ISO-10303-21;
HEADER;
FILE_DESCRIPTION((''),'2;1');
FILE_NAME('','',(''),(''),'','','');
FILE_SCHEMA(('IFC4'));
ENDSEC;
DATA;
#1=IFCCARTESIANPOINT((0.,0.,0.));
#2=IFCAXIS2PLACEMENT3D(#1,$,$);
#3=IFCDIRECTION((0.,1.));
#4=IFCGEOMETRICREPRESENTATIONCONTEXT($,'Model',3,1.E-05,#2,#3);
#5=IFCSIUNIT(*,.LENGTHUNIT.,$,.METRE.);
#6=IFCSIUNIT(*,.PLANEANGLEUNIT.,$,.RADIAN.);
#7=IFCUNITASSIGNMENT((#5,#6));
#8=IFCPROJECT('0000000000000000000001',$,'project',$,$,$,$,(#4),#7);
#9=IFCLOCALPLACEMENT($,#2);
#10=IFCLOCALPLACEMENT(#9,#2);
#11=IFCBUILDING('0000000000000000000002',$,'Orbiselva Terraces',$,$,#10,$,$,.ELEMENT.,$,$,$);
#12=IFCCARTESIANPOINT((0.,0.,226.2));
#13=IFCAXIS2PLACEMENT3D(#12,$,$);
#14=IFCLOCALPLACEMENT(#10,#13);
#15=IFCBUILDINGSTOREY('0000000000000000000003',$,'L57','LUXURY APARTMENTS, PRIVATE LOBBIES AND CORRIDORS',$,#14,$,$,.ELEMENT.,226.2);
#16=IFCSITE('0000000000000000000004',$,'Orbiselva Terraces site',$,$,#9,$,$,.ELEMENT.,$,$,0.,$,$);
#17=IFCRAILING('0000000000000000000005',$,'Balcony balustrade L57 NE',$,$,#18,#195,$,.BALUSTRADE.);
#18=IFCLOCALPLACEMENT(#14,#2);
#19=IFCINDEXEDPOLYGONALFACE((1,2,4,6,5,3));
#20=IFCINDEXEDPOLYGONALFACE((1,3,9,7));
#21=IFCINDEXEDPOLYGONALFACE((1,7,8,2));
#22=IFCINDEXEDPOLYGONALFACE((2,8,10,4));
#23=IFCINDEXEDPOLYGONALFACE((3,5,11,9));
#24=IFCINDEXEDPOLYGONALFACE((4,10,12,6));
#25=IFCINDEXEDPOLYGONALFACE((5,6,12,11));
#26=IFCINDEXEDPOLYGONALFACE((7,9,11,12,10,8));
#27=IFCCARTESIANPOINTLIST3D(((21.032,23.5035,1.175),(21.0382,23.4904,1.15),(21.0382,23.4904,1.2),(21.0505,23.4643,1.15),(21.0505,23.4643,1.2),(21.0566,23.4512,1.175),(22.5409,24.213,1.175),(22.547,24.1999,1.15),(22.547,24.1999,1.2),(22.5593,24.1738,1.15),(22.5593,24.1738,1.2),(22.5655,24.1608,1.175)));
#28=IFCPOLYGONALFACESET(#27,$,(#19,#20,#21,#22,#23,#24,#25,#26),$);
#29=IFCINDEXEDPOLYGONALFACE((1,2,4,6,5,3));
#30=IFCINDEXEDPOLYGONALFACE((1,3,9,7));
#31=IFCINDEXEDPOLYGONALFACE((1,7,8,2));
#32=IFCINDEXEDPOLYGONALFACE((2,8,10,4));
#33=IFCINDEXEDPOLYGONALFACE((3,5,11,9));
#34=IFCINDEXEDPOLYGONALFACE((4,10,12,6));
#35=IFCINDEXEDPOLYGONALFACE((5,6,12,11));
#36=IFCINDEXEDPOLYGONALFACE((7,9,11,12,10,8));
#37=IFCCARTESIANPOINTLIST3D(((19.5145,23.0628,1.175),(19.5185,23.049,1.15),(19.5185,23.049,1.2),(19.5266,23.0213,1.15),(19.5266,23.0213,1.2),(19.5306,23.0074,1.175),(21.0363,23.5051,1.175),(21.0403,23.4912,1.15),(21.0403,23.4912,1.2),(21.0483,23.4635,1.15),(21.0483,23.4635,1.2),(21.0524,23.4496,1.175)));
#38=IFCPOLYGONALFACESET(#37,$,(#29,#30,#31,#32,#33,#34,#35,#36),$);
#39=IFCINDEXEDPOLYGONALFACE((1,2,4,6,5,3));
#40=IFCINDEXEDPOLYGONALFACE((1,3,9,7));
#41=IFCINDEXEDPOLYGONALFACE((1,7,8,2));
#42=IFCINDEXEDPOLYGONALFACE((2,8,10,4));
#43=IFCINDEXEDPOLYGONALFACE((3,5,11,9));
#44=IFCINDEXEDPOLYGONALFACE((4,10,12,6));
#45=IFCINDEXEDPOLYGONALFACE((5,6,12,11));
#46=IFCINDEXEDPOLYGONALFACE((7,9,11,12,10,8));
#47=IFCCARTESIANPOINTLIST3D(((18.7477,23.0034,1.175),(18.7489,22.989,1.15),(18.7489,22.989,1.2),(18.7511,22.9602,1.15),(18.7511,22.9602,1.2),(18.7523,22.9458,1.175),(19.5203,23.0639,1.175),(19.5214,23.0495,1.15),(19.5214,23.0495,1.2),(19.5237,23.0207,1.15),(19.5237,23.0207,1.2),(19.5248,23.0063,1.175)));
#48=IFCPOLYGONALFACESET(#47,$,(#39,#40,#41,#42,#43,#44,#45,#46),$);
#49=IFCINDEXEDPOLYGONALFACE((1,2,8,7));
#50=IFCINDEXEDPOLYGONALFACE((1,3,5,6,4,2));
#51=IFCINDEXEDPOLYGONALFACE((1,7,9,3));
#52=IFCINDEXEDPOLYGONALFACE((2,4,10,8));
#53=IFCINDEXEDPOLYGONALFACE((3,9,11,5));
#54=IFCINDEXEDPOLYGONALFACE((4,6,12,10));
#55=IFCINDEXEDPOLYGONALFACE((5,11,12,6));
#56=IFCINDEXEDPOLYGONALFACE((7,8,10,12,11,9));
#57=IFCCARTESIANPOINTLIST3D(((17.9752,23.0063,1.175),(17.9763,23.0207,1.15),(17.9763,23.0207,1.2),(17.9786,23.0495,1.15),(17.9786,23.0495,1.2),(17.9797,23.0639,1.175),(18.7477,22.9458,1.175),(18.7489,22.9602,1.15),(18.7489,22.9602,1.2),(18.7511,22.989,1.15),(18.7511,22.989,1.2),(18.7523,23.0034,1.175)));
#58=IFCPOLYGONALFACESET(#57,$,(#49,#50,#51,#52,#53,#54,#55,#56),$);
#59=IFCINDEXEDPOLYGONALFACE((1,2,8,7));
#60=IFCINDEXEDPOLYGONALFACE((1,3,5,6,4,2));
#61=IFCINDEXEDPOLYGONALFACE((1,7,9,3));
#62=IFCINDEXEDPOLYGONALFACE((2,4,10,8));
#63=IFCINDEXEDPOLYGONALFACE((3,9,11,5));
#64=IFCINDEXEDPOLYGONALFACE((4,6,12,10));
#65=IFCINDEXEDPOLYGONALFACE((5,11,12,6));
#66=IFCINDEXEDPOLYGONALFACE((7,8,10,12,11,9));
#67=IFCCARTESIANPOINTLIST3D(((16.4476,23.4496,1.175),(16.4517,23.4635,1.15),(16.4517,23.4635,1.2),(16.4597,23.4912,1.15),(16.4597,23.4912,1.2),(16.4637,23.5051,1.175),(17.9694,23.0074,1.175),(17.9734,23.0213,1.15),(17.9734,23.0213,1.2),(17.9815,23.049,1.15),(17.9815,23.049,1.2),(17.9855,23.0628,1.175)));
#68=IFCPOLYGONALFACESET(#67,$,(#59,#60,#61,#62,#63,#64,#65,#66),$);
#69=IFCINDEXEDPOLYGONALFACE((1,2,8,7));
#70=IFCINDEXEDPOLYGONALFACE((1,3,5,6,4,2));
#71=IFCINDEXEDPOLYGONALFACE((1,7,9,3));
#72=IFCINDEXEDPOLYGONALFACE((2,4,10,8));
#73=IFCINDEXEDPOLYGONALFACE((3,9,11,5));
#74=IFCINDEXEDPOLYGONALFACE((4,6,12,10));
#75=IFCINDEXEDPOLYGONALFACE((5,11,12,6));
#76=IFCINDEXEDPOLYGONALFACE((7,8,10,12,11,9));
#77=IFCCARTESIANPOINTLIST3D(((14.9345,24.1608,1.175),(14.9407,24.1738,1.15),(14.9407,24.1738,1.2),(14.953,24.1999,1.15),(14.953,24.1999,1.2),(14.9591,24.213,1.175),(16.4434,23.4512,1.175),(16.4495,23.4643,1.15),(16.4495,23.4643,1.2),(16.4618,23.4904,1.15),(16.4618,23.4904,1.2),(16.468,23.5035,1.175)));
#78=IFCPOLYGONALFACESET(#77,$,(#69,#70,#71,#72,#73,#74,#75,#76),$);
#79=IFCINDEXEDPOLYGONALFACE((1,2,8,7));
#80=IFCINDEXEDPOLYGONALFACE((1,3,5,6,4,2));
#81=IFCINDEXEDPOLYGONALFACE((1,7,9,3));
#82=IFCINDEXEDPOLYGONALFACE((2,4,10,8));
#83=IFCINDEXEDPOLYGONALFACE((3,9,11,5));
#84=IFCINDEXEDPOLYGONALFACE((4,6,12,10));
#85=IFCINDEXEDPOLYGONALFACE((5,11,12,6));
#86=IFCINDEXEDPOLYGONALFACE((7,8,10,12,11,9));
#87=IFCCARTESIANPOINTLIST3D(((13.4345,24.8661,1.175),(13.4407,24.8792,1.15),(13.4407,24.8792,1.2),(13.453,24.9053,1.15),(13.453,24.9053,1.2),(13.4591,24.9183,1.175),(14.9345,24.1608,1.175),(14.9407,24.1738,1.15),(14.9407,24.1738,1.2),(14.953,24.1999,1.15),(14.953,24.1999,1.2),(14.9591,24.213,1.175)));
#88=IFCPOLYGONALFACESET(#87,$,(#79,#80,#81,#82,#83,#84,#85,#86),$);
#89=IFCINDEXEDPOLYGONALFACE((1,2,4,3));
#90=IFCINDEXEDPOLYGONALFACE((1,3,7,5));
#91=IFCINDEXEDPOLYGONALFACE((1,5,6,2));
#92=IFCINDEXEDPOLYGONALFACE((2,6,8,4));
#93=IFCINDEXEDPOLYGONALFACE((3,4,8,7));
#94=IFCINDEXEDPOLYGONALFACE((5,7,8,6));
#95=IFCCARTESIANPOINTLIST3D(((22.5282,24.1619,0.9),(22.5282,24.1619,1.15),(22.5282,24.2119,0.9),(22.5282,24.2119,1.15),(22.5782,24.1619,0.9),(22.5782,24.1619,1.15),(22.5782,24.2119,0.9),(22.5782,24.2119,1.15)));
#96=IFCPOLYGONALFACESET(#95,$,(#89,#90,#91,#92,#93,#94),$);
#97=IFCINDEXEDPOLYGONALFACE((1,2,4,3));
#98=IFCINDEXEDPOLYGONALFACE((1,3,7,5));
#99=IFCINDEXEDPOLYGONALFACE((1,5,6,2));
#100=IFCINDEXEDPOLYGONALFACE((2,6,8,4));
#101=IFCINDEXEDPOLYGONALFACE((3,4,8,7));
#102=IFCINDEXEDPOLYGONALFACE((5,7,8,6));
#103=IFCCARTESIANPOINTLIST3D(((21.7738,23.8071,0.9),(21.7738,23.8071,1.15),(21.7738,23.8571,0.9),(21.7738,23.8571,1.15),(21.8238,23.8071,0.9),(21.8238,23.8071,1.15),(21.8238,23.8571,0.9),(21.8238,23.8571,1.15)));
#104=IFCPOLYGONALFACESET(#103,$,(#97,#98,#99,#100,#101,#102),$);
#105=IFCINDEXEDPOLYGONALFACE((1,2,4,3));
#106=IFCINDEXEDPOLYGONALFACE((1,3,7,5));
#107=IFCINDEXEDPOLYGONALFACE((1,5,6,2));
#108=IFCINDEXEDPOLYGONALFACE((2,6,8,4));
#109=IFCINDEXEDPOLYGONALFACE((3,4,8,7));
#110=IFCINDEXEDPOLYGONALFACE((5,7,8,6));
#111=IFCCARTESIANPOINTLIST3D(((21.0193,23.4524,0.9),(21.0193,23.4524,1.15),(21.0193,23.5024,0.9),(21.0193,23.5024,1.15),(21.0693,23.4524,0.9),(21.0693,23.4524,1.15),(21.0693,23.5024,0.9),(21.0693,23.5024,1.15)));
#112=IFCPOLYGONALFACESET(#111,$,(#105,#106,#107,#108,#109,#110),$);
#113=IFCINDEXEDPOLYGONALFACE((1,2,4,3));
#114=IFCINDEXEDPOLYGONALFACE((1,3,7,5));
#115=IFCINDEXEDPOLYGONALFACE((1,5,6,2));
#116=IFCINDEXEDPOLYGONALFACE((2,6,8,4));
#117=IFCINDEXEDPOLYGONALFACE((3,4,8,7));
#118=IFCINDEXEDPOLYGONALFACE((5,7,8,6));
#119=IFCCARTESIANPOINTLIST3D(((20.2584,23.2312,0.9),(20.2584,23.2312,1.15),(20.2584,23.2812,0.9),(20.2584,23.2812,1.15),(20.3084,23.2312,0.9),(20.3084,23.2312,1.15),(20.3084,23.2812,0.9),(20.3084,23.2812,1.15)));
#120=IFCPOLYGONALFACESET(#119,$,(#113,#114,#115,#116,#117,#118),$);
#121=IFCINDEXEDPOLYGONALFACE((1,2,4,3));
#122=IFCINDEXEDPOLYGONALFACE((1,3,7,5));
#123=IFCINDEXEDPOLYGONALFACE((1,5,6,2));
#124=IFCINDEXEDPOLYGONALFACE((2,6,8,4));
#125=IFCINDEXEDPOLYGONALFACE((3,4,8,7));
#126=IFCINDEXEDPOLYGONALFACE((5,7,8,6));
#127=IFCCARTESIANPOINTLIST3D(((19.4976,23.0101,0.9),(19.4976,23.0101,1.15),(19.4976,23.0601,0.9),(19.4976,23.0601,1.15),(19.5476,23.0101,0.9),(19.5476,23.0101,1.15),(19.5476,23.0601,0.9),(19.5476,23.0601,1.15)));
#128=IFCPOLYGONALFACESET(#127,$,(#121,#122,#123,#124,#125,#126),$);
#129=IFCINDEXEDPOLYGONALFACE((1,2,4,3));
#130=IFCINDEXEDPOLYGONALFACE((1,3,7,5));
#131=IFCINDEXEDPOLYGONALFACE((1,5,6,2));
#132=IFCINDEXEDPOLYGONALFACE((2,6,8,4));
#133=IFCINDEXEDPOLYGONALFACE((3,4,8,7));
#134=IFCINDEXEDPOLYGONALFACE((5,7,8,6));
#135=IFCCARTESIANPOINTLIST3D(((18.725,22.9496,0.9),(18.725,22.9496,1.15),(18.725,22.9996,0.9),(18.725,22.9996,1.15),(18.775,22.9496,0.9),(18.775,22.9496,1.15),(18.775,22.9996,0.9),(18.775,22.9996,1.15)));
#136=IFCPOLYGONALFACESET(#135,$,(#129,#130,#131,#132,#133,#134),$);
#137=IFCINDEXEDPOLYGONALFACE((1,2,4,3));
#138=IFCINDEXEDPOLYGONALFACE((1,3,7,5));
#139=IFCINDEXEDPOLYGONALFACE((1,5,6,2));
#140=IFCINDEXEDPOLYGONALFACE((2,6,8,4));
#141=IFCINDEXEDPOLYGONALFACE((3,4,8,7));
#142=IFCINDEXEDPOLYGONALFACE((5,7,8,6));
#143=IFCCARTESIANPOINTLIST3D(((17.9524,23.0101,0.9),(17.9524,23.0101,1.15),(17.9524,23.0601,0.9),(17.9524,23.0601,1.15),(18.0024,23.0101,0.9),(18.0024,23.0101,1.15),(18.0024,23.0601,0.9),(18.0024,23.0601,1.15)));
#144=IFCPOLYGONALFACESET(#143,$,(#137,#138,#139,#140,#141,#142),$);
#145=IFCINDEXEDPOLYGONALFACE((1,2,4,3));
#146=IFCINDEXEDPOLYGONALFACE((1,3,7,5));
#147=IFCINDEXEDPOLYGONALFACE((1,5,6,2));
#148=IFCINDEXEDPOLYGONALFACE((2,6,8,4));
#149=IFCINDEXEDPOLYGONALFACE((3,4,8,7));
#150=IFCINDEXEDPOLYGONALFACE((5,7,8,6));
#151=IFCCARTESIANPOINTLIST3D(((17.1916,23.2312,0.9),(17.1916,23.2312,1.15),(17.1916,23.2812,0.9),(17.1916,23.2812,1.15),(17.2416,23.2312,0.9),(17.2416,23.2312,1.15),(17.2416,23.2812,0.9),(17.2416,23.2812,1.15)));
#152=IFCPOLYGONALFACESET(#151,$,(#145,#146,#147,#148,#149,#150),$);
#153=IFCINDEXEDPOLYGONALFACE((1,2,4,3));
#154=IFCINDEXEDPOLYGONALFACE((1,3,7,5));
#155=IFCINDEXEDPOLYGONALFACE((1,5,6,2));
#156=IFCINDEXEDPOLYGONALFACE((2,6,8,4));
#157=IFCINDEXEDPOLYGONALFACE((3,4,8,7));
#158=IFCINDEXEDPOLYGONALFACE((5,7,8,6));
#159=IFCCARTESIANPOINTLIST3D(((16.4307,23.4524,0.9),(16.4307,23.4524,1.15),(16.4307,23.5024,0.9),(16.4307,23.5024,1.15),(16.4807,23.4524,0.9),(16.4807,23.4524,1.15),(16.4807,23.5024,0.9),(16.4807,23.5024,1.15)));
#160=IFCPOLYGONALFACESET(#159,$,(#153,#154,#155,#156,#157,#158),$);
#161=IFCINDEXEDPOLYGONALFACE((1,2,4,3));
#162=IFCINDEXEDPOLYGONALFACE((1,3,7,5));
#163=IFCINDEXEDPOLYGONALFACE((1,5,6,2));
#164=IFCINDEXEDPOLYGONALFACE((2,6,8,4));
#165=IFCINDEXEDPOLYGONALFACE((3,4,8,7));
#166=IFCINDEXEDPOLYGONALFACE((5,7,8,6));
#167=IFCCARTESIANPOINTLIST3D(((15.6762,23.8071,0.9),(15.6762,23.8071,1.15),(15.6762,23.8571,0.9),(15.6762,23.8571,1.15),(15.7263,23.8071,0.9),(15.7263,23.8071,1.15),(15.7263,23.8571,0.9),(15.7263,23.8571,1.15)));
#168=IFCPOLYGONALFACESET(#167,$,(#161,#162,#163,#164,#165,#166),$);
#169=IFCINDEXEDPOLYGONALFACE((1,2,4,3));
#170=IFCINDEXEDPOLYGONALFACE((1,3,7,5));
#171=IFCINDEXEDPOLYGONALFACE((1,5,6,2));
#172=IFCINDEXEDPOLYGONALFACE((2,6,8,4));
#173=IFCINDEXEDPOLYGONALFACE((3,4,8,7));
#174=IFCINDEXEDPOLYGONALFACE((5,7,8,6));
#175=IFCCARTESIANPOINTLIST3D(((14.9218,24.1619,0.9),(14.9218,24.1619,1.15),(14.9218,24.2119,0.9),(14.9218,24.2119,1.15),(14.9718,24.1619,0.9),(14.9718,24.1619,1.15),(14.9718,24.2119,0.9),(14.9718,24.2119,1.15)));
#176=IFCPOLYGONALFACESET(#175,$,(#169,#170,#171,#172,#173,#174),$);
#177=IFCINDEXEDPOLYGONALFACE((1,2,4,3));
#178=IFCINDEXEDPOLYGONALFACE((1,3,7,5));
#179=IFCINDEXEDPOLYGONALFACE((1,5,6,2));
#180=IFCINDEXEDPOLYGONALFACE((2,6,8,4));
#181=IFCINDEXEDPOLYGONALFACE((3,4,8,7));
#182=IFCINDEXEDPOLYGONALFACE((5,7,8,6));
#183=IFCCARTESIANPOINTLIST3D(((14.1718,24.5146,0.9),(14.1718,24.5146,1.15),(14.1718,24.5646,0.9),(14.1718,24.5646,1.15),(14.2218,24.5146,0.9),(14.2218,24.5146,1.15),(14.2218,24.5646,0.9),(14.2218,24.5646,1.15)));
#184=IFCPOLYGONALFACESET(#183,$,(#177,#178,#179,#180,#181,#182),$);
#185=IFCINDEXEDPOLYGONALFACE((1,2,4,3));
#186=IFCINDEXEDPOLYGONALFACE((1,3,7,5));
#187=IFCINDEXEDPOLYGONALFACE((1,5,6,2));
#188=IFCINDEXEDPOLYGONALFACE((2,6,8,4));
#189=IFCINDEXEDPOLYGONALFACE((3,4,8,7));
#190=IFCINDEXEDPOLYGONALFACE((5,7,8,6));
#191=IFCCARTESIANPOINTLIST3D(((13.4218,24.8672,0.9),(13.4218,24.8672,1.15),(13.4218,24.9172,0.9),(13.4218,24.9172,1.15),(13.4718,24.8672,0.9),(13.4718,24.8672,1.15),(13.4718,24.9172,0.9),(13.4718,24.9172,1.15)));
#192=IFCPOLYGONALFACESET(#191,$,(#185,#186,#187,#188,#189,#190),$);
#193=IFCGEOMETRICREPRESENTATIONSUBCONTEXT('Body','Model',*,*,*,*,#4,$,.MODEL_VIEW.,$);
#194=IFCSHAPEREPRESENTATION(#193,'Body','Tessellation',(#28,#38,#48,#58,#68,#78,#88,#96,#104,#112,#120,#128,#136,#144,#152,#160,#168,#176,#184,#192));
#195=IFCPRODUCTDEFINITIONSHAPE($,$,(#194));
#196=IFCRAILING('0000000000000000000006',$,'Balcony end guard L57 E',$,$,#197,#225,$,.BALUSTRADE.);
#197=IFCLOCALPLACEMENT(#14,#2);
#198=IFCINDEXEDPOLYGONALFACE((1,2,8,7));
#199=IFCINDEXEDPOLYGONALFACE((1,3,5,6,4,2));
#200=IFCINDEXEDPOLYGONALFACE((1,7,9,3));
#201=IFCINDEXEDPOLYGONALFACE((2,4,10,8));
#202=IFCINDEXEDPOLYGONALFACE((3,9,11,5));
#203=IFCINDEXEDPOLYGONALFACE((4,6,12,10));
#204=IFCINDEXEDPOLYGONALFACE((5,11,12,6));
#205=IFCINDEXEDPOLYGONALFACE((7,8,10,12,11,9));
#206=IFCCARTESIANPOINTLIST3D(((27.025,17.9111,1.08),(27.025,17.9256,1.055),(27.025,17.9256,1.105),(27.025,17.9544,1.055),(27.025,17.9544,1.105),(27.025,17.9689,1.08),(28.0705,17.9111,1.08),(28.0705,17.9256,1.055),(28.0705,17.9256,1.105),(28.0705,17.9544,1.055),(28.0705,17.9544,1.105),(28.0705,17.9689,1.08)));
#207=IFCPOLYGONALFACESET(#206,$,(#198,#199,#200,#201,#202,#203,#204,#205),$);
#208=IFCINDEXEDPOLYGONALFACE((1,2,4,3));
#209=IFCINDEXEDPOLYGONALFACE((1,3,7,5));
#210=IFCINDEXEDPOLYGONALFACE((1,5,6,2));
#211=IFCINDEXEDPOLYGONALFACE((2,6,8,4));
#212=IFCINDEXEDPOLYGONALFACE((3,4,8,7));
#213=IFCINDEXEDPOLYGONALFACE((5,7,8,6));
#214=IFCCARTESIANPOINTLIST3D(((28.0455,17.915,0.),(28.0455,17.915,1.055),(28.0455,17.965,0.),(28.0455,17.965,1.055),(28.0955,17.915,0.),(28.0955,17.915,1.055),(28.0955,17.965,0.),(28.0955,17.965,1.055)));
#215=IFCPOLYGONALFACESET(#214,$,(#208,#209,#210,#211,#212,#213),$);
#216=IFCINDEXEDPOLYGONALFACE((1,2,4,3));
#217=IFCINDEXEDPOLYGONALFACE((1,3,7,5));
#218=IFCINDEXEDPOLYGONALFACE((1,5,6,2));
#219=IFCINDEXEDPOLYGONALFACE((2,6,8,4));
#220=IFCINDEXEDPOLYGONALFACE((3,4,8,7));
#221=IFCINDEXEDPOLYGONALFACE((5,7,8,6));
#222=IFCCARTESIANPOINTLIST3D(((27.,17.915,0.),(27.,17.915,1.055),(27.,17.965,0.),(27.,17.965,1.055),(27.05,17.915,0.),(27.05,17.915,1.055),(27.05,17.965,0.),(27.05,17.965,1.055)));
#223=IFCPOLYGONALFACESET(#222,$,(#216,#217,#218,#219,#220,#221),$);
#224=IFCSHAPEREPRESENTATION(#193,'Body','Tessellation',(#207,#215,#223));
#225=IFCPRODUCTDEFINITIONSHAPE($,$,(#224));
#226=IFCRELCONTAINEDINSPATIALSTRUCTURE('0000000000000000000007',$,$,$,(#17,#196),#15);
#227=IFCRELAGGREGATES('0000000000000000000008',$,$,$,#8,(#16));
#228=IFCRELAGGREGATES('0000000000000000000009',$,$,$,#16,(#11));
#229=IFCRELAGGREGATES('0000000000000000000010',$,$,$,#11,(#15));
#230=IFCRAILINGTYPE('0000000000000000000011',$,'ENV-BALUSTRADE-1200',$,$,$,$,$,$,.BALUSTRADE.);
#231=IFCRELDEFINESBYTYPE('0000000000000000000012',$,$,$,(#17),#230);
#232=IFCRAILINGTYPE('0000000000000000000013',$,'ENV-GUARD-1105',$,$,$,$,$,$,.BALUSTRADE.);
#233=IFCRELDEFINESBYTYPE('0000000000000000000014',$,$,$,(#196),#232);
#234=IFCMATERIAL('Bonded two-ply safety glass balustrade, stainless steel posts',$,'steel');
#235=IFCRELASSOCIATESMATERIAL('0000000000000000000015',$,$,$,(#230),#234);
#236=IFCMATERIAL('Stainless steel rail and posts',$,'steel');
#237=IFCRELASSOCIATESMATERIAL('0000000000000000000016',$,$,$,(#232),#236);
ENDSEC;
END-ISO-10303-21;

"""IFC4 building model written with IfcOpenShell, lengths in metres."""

from ifc_helpers import new_model, si_unit, direction, frame, origin, origin_2d, place, context, subcontext, project, spatial, polyline, rectangle, outline, extrude, material, type_object, element, save


model = new_model("IFC4")

# Units and contexts
model_context = context("Model", 3, precision=1e-05, world=origin(), true_north=direction((0.0, 1.0)))
body_context = subcontext(model_context, "Body", "Model", "MODEL_VIEW")
ifc_project = project(units=[si_unit("LENGTHUNIT", "METRE"), si_unit("PLANEANGLEUNIT", "RADIAN")], contexts=[model_context])

# Site, building, storey
site_placement = place(None, origin())
site = spatial("IfcSite", under=ifc_project, at=site_placement, Name="Orbiselva Terraces site", CompositionType="ELEMENT", RefElevation=0.0)
building_placement = place(site_placement, origin())
building = spatial("IfcBuilding", under=site, at=building_placement, Name="Orbiselva Terraces", CompositionType="ELEMENT")
storey_placement = place(building_placement, frame((0.0, 0.0, 226.2)))
storey = spatial("IfcBuildingStorey", under=building, at=storey_placement, Name="L57", Description="LUXURY APARTMENTS, PRIVATE LOBBIES AND CORRIDORS", CompositionType="ELEMENT", Elevation=226.2)

# Railings
ifc_material_1 = material(Name="Bonded two-ply safety glass balustrade, stainless steel posts", Category="steel")
railing_type_1 = type_object("IfcRailingType", Name="ENV-BALUSTRADE-1200", PredefinedType="BALUSTRADE", material=ifc_material_1)
railing_1_placement = place(storey_placement, frame((22.5532, 24.1869, 0.9)))
element("IfcRailing", 1, at=railing_1_placement, inside=storey, type_object=railing_type_1, Name="Balcony balustrade L57 NE", PredefinedType="BALUSTRADE", context=body_context, shape_type="SweptSolid", body=[
    extrude(outline(polyline([(0.0289, 0.0), (0.0144, 0.025), (-0.0144, 0.025), (-0.0289, 0.0), (-0.0144, -0.025), (0.0144, -0.025), (0.0289, 0.0)])), frame((0.0, 0.0, 0.275), z_axis=(-0.904944, -0.42553, 0.0), x_axis=(0.42553, -0.904944, 0.0)), (0.0, 0.0, 1.0), 1.6674),
    extrude(outline(polyline([(0.0289, 0.0), (0.0144, 0.025), (-0.0144, 0.025), (-0.0289, 0.0), (-0.0144, -0.025), (0.0144, -0.025), (0.0289, 0.0)])), frame((-1.5089, -0.7095, 0.275), z_axis=(-0.96027, -0.279071, 0.0), x_axis=(0.279071, -0.96027, 0.0)), (0.0, 0.0, 1.0), 1.5847),
    extrude(outline(polyline([(0.0289, 0.0), (0.0144, 0.025), (-0.0144, 0.025), (-0.0289, 0.0), (-0.0144, -0.025), (0.0144, -0.025), (0.0289, 0.0)])), frame((-3.0306, -1.1518, 0.275), z_axis=(-0.996948, -0.078071, 0.0), x_axis=(0.078071, -0.996948, 0.0)), (0.0, 0.0, 1.0), 0.7749),
    extrude(outline(polyline([(0.0289, 0.0), (0.0144, 0.025), (-0.0144, 0.025), (-0.0289, 0.0), (-0.0144, -0.025), (0.0144, -0.025), (0.0289, 0.0)])), frame((-3.8032, -1.2123, 0.275), z_axis=(-0.996948, 0.078071, 0.0), x_axis=(-0.078071, -0.996948, 0.0)), (0.0, 0.0, 1.0), 0.7749),
    extrude(outline(polyline([(0.0289, 0.0), (0.0144, 0.025), (-0.0144, 0.025), (-0.0289, 0.0), (-0.0144, -0.025), (0.0144, -0.025), (0.0289, 0.0)])), frame((-4.5757, -1.1518, 0.275), z_axis=(-0.96027, 0.279071, 0.0), x_axis=(-0.279071, -0.96027, 0.0)), (0.0, 0.0, 1.0), 1.5847),
    extrude(outline(polyline([(0.0289, 0.0), (0.0144, 0.025), (-0.0144, 0.025), (-0.0289, 0.0), (-0.0144, -0.025), (0.0144, -0.025), (0.0289, 0.0)])), frame((-6.0975, -0.7095, 0.275), z_axis=(-0.904944, 0.42553, 0.0), x_axis=(-0.42553, -0.904944, 0.0)), (0.0, 0.0, 1.0), 1.6674),
    extrude(outline(polyline([(0.0289, 0.0), (0.0144, 0.025), (-0.0144, 0.025), (-0.0289, 0.0), (-0.0144, -0.025), (0.0144, -0.025), (0.0289, 0.0)])), frame((-7.6064, 0.0, 0.275), z_axis=(-0.904944, 0.42553, 0.0), x_axis=(-0.42553, -0.904944, 0.0)), (0.0, 0.0, 1.0), 1.6576),
    extrude(rectangle(XDim=0.05, YDim=0.05, at=origin_2d()), origin(), (0.0, 0.0, 1.0), 0.25),
    extrude(rectangle(XDim=0.05, YDim=0.05, at=origin_2d()), frame((-0.7544, -0.3548, 0.0)), (0.0, 0.0, 1.0), 0.25),
    extrude(rectangle(XDim=0.05, YDim=0.05, at=origin_2d()), frame((-1.5089, -0.7095, 0.0)), (0.0, 0.0, 1.0), 0.25),
    extrude(rectangle(XDim=0.05, YDim=0.05, at=origin_2d()), frame((-2.2698, -0.9306, 0.0)), (0.0, 0.0, 1.0), 0.25),
    extrude(rectangle(XDim=0.05, YDim=0.05, at=origin_2d()), frame((-3.0306, -1.1518, 0.0)), (0.0, 0.0, 1.0), 0.25),
    extrude(rectangle(XDim=0.05, YDim=0.05, at=origin_2d()), frame((-3.8032, -1.2123, 0.0)), (0.0, 0.0, 1.0), 0.25),
    extrude(rectangle(XDim=0.05, YDim=0.05, at=origin_2d()), frame((-4.5757, -1.1518, 0.0)), (0.0, 0.0, 1.0), 0.25),
    extrude(rectangle(XDim=0.05, YDim=0.05, at=origin_2d()), frame((-5.3366, -0.9306, 0.0)), (0.0, 0.0, 1.0), 0.25),
    extrude(rectangle(XDim=0.05, YDim=0.05, at=origin_2d()), frame((-6.0975, -0.7095, 0.0)), (0.0, 0.0, 1.0), 0.25),
    extrude(rectangle(XDim=0.05, YDim=0.05, at=origin_2d()), frame((-6.8519, -0.3548, 0.0)), (0.0, 0.0, 1.0), 0.25),
    extrude(rectangle(XDim=0.05, YDim=0.05, at=origin_2d()), frame((-7.6064, 0.0, 0.0)), (0.0, 0.0, 1.0), 0.25),
    extrude(rectangle(XDim=0.05, YDim=0.05, at=origin_2d()), frame((-8.3564, 0.3527, 0.0)), (0.0, 0.0, 1.0), 0.25),
    extrude(rectangle(XDim=0.05, YDim=0.05, at=origin_2d()), frame((-9.1064, 0.7053, 0.0)), (0.0, 0.0, 1.0), 0.25),
])
ifc_material_2 = material(Name="Stainless steel rail and posts", Category="steel")
railing_type_2 = type_object("IfcRailingType", Name="ENV-GUARD-1105", PredefinedType="BALUSTRADE", material=ifc_material_2)
railing_2_placement = place(storey_placement, frame((28.0705, 17.94, 0.0)))
element("IfcRailing", 2, at=railing_2_placement, inside=storey, type_object=railing_type_2, Name="Balcony end guard L57 E", PredefinedType="BALUSTRADE", context=body_context, shape_type="SweptSolid", body=[
    extrude(outline(polyline([(0.0289, 0.0), (0.0144, 0.025), (-0.0144, 0.025), (-0.0289, 0.0), (-0.0144, -0.025), (0.0144, -0.025), (0.0289, 0.0)])), frame((0.0, 0.0, 1.08), z_axis=(-1.0, 0.0, 0.0), x_axis=(0.0, -1.0, 0.0)), (0.0, 0.0, 1.0), 1.0455),
    extrude(rectangle(XDim=0.05, YDim=0.05, at=origin_2d()), origin(), (0.0, 0.0, 1.0), 1.055),
    extrude(rectangle(XDim=0.05, YDim=0.05, at=origin_2d()), frame((-1.0455, 0.0, 0.0)), (0.0, 0.0, 1.0), 1.055),
])

save(model, "model.ifc")
